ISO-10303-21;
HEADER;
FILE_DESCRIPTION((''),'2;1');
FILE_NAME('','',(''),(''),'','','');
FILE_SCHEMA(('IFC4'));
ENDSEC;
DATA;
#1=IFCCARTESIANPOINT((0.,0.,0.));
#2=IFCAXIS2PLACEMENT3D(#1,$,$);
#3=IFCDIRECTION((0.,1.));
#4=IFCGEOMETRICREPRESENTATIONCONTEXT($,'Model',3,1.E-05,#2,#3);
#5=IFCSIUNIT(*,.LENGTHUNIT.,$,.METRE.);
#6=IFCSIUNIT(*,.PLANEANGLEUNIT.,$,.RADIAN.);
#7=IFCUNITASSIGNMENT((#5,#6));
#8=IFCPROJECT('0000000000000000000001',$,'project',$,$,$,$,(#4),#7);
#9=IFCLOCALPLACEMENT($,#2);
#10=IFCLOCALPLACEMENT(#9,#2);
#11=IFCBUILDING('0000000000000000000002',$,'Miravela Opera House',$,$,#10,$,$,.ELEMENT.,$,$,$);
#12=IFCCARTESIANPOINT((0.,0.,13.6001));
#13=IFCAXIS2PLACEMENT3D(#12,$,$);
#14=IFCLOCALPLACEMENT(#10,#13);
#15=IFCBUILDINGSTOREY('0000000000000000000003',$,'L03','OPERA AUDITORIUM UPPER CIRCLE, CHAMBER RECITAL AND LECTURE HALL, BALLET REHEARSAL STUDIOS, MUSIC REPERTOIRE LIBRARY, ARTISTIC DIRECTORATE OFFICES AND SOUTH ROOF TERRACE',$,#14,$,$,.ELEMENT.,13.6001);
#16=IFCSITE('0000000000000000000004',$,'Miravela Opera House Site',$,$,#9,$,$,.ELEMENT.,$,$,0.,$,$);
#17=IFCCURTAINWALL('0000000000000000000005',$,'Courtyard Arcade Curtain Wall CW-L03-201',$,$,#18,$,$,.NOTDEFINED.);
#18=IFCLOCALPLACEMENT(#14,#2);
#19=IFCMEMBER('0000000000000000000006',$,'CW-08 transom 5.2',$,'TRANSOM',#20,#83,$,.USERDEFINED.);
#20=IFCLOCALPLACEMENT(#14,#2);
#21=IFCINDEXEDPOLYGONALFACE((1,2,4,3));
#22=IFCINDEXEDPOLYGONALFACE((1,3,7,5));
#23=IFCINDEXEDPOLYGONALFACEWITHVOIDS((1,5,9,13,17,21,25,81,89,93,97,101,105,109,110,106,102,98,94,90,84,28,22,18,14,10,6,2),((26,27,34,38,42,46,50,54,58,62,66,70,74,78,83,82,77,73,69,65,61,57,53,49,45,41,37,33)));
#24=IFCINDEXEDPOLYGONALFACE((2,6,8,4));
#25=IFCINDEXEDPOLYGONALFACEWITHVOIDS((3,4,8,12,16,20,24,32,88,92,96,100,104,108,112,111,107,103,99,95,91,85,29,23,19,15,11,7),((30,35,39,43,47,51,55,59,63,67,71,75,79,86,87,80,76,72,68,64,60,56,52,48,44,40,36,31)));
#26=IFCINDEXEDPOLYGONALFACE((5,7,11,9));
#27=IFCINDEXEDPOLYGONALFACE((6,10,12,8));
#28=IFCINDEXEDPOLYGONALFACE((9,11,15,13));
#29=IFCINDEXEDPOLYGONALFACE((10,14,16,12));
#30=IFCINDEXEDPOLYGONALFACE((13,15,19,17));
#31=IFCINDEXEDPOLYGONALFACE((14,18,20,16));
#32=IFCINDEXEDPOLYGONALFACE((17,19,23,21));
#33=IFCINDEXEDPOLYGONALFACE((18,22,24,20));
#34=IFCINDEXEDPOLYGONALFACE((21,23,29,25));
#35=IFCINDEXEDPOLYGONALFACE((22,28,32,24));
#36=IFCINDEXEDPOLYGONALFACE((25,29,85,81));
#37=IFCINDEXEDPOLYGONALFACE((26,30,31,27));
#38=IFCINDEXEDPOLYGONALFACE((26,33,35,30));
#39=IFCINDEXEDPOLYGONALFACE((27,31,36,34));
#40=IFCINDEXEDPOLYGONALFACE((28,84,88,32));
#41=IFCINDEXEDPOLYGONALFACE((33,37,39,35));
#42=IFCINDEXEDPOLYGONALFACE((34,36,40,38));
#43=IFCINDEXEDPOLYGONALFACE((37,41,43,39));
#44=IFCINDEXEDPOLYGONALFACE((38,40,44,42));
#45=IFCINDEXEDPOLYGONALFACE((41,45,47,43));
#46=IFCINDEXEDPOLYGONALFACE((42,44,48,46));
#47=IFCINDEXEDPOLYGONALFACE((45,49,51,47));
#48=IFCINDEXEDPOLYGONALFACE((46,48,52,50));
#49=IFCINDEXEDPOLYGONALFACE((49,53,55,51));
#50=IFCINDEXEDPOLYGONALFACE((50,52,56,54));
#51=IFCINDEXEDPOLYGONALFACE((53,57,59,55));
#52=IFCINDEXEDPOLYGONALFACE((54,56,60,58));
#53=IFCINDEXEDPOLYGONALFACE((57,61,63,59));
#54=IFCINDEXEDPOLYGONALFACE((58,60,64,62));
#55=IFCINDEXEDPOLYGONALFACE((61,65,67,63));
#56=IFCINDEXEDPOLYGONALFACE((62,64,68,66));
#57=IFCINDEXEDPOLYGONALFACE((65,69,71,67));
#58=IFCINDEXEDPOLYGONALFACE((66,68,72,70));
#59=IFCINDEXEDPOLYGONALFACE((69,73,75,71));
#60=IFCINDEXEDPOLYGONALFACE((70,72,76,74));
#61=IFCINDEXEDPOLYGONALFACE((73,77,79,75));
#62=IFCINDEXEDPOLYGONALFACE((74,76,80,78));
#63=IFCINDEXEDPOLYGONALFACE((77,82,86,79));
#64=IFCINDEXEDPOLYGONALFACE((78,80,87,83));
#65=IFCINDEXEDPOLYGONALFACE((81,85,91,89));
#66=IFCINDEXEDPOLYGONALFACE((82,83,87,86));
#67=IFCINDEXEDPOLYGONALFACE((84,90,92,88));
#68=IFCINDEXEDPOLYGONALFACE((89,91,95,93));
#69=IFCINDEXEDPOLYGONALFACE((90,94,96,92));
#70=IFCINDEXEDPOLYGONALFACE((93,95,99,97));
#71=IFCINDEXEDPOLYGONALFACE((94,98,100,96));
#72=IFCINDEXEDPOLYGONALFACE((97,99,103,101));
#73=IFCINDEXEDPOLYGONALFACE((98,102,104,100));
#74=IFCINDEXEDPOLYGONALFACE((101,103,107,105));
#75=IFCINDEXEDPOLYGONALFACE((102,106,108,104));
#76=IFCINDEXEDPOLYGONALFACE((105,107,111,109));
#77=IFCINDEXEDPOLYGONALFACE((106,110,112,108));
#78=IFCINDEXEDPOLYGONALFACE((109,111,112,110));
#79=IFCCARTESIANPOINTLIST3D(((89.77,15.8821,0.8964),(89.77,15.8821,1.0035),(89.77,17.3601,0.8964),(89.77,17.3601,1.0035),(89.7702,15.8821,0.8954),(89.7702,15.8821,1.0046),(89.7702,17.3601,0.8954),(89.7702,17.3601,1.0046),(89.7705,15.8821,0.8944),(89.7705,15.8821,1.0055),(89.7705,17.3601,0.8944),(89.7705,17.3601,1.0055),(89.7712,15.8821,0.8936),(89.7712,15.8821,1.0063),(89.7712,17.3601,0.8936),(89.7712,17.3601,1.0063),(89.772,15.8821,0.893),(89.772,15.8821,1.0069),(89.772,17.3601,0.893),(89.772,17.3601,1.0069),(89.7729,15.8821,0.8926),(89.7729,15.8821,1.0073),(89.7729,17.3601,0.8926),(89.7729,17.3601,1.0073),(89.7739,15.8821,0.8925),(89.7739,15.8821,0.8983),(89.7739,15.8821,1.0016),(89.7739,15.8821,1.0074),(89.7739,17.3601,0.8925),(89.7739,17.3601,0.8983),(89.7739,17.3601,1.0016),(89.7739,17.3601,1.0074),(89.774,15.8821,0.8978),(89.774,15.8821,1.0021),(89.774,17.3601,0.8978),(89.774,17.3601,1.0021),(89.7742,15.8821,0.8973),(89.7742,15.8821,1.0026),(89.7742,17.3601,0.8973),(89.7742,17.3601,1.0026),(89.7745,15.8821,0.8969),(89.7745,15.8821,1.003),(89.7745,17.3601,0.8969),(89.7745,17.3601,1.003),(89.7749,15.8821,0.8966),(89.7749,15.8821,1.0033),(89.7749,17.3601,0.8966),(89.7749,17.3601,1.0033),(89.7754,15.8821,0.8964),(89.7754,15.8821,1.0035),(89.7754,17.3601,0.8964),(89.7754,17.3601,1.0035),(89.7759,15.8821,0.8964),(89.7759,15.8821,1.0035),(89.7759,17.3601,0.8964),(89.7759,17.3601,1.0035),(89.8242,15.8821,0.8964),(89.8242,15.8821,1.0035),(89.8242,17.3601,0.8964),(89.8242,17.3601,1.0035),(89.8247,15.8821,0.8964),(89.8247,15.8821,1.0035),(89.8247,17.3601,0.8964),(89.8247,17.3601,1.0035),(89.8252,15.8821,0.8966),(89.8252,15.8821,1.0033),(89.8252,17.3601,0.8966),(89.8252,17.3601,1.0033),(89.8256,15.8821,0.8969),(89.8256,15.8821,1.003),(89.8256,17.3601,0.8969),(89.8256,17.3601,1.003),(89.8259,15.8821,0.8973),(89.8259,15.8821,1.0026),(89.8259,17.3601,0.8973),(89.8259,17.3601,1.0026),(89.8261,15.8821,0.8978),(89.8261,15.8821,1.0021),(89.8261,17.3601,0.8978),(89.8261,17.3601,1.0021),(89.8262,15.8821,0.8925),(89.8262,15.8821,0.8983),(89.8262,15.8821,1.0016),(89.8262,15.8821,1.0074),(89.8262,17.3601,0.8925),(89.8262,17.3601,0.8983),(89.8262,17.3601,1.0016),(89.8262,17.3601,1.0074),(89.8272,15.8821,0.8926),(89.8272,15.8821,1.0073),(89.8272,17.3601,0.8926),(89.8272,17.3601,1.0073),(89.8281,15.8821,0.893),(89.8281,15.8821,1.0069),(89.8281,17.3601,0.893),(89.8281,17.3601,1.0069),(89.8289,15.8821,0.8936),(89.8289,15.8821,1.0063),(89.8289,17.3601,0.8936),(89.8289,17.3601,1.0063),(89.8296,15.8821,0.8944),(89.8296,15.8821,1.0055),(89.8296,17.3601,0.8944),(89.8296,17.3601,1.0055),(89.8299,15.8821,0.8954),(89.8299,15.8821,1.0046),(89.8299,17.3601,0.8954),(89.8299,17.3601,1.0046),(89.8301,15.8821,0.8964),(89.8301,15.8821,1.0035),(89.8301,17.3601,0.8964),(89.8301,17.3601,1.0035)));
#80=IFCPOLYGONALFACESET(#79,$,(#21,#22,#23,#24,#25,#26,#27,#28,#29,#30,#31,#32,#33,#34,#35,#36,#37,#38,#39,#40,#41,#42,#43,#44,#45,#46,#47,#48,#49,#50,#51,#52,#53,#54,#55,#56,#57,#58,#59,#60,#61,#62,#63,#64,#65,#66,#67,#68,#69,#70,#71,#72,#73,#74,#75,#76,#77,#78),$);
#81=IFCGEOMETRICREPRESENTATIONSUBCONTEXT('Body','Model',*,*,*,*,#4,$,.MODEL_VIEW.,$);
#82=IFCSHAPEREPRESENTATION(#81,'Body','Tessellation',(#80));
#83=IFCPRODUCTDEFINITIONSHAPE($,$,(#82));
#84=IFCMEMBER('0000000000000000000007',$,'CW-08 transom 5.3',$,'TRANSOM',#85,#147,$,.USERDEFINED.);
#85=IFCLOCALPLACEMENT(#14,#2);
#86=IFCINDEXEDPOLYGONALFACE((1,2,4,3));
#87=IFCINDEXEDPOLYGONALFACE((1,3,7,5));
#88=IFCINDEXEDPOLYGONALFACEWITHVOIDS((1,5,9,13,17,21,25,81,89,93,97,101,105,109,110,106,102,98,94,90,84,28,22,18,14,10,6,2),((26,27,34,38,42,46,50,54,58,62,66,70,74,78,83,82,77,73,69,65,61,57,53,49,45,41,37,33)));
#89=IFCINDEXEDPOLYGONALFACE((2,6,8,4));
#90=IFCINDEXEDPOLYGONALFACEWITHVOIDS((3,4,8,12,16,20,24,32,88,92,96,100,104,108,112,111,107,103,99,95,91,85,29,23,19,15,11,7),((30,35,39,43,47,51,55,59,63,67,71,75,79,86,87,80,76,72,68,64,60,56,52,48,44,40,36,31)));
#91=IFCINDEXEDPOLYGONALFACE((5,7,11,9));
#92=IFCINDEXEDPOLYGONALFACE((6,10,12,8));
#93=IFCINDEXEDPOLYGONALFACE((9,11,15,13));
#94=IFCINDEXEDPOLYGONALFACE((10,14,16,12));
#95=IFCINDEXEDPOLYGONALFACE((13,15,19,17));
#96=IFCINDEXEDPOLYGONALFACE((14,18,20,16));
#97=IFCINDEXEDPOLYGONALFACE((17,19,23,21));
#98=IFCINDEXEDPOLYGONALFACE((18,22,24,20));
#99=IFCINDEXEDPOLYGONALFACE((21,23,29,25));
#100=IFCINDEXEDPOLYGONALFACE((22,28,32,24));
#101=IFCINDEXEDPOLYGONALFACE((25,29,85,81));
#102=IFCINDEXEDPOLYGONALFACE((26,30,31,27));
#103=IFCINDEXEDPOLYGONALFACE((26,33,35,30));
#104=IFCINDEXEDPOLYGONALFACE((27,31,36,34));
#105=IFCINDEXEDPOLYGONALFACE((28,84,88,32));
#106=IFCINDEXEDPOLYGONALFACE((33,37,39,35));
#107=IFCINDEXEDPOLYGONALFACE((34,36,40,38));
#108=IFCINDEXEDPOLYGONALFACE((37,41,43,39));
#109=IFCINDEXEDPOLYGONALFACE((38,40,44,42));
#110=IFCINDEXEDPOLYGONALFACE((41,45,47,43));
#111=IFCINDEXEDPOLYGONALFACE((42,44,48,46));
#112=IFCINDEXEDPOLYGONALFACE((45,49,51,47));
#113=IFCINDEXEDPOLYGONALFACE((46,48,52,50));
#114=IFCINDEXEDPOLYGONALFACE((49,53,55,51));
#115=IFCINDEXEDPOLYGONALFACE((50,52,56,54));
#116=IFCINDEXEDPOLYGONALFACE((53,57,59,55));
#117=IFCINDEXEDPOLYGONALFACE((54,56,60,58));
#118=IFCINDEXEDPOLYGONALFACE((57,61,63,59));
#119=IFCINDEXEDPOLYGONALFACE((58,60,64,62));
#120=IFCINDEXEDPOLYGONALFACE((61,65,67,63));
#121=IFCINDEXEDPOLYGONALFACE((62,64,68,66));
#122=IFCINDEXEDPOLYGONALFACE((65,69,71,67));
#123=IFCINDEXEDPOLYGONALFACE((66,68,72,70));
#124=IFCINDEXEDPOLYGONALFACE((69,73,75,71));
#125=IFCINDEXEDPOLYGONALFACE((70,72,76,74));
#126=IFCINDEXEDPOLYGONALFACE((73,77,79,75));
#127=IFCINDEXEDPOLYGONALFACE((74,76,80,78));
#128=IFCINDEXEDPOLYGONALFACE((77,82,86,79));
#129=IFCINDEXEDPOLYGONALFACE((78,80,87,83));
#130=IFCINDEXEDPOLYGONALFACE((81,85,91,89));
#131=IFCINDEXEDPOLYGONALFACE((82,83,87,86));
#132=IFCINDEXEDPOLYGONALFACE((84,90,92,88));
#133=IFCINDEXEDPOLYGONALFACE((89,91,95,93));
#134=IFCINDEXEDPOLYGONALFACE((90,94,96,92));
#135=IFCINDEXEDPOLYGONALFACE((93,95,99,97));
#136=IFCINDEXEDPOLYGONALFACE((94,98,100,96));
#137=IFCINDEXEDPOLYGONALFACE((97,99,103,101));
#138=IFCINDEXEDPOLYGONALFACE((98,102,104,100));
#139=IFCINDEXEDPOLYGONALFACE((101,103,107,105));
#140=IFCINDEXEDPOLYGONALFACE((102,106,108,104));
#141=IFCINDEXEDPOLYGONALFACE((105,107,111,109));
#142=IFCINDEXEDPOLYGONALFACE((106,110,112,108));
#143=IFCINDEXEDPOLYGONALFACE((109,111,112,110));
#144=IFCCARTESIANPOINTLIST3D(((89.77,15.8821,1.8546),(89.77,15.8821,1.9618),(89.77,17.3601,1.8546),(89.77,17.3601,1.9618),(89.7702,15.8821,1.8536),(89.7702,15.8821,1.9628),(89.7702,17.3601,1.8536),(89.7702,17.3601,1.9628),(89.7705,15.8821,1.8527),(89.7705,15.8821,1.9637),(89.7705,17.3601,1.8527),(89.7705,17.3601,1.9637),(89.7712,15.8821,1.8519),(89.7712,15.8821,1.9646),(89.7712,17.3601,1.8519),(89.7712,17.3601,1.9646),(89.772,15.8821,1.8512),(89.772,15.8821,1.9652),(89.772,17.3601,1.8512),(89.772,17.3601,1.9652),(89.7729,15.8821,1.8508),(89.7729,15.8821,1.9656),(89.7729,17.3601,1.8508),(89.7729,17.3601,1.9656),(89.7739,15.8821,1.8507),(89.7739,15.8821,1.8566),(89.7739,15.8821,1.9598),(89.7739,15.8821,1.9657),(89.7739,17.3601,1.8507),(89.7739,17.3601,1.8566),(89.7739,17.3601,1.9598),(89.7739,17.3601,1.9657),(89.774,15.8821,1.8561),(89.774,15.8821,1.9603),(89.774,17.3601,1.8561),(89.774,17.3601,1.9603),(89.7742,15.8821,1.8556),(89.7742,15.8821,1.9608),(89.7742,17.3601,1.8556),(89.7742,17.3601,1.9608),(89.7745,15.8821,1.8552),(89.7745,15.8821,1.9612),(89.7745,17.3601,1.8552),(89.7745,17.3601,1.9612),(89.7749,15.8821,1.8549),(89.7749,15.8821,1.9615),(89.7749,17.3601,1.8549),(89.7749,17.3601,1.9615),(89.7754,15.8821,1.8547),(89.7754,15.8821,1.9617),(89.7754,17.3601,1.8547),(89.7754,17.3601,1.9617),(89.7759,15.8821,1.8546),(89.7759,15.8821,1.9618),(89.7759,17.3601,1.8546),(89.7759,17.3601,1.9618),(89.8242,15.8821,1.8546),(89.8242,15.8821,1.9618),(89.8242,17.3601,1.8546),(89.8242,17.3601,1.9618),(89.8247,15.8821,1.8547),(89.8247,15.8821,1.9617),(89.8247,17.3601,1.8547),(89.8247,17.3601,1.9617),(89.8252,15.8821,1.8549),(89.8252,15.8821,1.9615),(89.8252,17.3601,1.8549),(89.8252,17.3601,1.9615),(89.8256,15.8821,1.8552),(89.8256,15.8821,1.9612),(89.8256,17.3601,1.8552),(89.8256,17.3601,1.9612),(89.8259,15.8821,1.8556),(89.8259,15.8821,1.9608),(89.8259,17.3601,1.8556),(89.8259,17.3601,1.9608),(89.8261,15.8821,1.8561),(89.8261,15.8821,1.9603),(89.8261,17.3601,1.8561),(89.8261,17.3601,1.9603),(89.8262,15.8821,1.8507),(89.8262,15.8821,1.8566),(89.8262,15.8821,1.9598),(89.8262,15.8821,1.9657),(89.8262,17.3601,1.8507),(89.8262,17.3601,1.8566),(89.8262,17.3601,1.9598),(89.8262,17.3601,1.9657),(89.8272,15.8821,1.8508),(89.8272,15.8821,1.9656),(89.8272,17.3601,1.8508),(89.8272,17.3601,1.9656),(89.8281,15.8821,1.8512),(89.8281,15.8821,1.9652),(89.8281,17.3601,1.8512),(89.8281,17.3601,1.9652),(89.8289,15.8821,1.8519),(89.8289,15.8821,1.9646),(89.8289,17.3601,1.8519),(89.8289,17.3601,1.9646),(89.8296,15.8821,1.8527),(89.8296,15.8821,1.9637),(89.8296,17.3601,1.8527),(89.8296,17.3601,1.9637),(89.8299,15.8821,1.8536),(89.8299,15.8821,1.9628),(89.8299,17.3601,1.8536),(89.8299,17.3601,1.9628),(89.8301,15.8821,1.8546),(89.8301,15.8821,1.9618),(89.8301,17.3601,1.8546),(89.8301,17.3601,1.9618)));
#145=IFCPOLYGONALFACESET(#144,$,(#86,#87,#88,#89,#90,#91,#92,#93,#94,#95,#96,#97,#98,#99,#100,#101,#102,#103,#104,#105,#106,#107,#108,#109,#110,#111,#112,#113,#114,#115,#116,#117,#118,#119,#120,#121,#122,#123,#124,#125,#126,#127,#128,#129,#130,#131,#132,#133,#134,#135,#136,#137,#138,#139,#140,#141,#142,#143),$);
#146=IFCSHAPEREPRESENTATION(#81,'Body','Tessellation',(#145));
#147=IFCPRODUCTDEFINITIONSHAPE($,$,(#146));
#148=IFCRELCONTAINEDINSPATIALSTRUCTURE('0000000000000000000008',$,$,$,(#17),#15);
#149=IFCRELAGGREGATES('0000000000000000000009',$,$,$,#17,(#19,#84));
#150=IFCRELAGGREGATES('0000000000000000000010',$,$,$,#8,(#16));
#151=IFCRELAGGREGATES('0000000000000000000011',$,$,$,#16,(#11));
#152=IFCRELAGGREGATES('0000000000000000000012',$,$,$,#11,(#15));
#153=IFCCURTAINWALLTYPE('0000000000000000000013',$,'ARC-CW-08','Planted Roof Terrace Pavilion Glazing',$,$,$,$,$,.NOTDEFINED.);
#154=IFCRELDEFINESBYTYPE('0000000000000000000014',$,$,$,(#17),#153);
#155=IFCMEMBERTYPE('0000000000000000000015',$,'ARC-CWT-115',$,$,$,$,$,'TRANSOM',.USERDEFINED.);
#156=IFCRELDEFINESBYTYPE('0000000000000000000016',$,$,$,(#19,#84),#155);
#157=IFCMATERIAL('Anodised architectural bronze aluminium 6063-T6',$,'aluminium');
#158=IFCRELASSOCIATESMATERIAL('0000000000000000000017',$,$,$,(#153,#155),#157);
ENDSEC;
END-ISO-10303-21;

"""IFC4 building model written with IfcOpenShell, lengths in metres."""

from ifc_helpers import new_model, si_unit, direction, frame, origin, origin_2d, place, context, subcontext, project, spatial, hollow_rectangle, extrude, material, material_profile, profile_set, type_object, element, aggregate, save


model = new_model("IFC4")

# Units and contexts
model_context = context("Model", 3, precision=1e-05, world=origin(), true_north=direction((0.0, 1.0)))
body_context = subcontext(model_context, "Body", "Model", "MODEL_VIEW")
ifc_project = project(units=[si_unit("LENGTHUNIT", "METRE"), si_unit("PLANEANGLEUNIT", "RADIAN")], contexts=[model_context])

# Site, building, storey
site_placement = place(None, origin())
site = spatial("IfcSite", under=ifc_project, at=site_placement, Name="Miravela Opera House Site", CompositionType="ELEMENT", RefElevation=0.0)
building_placement = place(site_placement, origin())
building = spatial("IfcBuilding", under=site, at=building_placement, Name="Miravela Opera House", CompositionType="ELEMENT")
storey_placement = place(building_placement, frame((0.0, 0.0, 13.6001)))
storey = spatial("IfcBuildingStorey", under=building, at=storey_placement, Name="L03", Description="OPERA AUDITORIUM UPPER CIRCLE, CHAMBER RECITAL AND LECTURE HALL, BALLET REHEARSAL STUDIOS, MUSIC REPERTOIRE LIBRARY, ARTISTIC DIRECTORATE OFFICES AND SOUTH ROOF TERRACE", CompositionType="ELEMENT", Elevation=13.6001)

# Curtain wall
ifc_material_1 = material(Name="Anodised architectural bronze aluminium 6063-T6", Category="aluminium")
curtain_wall_type = type_object("IfcCurtainWallType", Name="ARC-CW-08", Description="Planted Roof Terrace Pavilion Glazing", PredefinedType="NOTDEFINED", material=ifc_material_1)
curtain_wall_1_placement = place(storey_placement, origin())
curtain_wall_1 = element("IfcCurtainWall", 1, at=curtain_wall_1_placement, inside=storey, type_object=curtain_wall_type, Name="Courtyard Arcade Curtain Wall CW-L03-201", PredefinedType="NOTDEFINED")

# Members
ifc_material_profile_1 = material_profile(ifc_material_1, hollow_rectangle(XDim=0.0601, YDim=0.115, WallThickness=0.0039, InnerFilletRadius=0.002, OuterFilletRadius=0.0039, at=origin_2d()), Name="CWT-60X115")
ifc_profile_set_1 = profile_set([ifc_material_profile_1])
member_type_1 = type_object("IfcMemberType", Name="ARC-CWT-115", ElementType="TRANSOM", PredefinedType="USERDEFINED", material=ifc_profile_set_1)
member_1_placement = place(storey_placement, frame((89.8, 15.8821, 0.95), z_axis=(0.0, 1.0, 0.0), x_axis=(-1.0, 0.0, 0.0)))
member_1 = element("IfcMember", 2, at=member_1_placement, type_object=member_type_1, Name="CW-08 transom 5.2", ObjectType="TRANSOM", PredefinedType="USERDEFINED", context=body_context, shape_type="SweptSolid", body=[
    extrude(hollow_rectangle(XDim=0.0601, YDim=0.115, WallThickness=0.0039, InnerFilletRadius=0.002, OuterFilletRadius=0.0039, at=origin_2d()), origin(), (0.0, 0.0, 1.0), 1.478),
])
member_2_placement = place(storey_placement, frame((89.8, 15.8821, 1.9082), z_axis=(0.0, 1.0, 0.0), x_axis=(-1.0, 0.0, 0.0)))
member_2 = element("IfcMember", 3, at=member_2_placement, type_object=member_type_1, Name="CW-08 transom 5.3", ObjectType="TRANSOM", PredefinedType="USERDEFINED", context=body_context, shape_type="SweptSolid", body=[
    extrude(hollow_rectangle(XDim=0.0601, YDim=0.115, WallThickness=0.0039, InnerFilletRadius=0.002, OuterFilletRadius=0.0039, at=origin_2d()), origin(), (0.0, 0.0, 1.0), 1.478),
])

aggregate(curtain_wall_1, [member_1, member_2])

save(model, "model.ifc")
